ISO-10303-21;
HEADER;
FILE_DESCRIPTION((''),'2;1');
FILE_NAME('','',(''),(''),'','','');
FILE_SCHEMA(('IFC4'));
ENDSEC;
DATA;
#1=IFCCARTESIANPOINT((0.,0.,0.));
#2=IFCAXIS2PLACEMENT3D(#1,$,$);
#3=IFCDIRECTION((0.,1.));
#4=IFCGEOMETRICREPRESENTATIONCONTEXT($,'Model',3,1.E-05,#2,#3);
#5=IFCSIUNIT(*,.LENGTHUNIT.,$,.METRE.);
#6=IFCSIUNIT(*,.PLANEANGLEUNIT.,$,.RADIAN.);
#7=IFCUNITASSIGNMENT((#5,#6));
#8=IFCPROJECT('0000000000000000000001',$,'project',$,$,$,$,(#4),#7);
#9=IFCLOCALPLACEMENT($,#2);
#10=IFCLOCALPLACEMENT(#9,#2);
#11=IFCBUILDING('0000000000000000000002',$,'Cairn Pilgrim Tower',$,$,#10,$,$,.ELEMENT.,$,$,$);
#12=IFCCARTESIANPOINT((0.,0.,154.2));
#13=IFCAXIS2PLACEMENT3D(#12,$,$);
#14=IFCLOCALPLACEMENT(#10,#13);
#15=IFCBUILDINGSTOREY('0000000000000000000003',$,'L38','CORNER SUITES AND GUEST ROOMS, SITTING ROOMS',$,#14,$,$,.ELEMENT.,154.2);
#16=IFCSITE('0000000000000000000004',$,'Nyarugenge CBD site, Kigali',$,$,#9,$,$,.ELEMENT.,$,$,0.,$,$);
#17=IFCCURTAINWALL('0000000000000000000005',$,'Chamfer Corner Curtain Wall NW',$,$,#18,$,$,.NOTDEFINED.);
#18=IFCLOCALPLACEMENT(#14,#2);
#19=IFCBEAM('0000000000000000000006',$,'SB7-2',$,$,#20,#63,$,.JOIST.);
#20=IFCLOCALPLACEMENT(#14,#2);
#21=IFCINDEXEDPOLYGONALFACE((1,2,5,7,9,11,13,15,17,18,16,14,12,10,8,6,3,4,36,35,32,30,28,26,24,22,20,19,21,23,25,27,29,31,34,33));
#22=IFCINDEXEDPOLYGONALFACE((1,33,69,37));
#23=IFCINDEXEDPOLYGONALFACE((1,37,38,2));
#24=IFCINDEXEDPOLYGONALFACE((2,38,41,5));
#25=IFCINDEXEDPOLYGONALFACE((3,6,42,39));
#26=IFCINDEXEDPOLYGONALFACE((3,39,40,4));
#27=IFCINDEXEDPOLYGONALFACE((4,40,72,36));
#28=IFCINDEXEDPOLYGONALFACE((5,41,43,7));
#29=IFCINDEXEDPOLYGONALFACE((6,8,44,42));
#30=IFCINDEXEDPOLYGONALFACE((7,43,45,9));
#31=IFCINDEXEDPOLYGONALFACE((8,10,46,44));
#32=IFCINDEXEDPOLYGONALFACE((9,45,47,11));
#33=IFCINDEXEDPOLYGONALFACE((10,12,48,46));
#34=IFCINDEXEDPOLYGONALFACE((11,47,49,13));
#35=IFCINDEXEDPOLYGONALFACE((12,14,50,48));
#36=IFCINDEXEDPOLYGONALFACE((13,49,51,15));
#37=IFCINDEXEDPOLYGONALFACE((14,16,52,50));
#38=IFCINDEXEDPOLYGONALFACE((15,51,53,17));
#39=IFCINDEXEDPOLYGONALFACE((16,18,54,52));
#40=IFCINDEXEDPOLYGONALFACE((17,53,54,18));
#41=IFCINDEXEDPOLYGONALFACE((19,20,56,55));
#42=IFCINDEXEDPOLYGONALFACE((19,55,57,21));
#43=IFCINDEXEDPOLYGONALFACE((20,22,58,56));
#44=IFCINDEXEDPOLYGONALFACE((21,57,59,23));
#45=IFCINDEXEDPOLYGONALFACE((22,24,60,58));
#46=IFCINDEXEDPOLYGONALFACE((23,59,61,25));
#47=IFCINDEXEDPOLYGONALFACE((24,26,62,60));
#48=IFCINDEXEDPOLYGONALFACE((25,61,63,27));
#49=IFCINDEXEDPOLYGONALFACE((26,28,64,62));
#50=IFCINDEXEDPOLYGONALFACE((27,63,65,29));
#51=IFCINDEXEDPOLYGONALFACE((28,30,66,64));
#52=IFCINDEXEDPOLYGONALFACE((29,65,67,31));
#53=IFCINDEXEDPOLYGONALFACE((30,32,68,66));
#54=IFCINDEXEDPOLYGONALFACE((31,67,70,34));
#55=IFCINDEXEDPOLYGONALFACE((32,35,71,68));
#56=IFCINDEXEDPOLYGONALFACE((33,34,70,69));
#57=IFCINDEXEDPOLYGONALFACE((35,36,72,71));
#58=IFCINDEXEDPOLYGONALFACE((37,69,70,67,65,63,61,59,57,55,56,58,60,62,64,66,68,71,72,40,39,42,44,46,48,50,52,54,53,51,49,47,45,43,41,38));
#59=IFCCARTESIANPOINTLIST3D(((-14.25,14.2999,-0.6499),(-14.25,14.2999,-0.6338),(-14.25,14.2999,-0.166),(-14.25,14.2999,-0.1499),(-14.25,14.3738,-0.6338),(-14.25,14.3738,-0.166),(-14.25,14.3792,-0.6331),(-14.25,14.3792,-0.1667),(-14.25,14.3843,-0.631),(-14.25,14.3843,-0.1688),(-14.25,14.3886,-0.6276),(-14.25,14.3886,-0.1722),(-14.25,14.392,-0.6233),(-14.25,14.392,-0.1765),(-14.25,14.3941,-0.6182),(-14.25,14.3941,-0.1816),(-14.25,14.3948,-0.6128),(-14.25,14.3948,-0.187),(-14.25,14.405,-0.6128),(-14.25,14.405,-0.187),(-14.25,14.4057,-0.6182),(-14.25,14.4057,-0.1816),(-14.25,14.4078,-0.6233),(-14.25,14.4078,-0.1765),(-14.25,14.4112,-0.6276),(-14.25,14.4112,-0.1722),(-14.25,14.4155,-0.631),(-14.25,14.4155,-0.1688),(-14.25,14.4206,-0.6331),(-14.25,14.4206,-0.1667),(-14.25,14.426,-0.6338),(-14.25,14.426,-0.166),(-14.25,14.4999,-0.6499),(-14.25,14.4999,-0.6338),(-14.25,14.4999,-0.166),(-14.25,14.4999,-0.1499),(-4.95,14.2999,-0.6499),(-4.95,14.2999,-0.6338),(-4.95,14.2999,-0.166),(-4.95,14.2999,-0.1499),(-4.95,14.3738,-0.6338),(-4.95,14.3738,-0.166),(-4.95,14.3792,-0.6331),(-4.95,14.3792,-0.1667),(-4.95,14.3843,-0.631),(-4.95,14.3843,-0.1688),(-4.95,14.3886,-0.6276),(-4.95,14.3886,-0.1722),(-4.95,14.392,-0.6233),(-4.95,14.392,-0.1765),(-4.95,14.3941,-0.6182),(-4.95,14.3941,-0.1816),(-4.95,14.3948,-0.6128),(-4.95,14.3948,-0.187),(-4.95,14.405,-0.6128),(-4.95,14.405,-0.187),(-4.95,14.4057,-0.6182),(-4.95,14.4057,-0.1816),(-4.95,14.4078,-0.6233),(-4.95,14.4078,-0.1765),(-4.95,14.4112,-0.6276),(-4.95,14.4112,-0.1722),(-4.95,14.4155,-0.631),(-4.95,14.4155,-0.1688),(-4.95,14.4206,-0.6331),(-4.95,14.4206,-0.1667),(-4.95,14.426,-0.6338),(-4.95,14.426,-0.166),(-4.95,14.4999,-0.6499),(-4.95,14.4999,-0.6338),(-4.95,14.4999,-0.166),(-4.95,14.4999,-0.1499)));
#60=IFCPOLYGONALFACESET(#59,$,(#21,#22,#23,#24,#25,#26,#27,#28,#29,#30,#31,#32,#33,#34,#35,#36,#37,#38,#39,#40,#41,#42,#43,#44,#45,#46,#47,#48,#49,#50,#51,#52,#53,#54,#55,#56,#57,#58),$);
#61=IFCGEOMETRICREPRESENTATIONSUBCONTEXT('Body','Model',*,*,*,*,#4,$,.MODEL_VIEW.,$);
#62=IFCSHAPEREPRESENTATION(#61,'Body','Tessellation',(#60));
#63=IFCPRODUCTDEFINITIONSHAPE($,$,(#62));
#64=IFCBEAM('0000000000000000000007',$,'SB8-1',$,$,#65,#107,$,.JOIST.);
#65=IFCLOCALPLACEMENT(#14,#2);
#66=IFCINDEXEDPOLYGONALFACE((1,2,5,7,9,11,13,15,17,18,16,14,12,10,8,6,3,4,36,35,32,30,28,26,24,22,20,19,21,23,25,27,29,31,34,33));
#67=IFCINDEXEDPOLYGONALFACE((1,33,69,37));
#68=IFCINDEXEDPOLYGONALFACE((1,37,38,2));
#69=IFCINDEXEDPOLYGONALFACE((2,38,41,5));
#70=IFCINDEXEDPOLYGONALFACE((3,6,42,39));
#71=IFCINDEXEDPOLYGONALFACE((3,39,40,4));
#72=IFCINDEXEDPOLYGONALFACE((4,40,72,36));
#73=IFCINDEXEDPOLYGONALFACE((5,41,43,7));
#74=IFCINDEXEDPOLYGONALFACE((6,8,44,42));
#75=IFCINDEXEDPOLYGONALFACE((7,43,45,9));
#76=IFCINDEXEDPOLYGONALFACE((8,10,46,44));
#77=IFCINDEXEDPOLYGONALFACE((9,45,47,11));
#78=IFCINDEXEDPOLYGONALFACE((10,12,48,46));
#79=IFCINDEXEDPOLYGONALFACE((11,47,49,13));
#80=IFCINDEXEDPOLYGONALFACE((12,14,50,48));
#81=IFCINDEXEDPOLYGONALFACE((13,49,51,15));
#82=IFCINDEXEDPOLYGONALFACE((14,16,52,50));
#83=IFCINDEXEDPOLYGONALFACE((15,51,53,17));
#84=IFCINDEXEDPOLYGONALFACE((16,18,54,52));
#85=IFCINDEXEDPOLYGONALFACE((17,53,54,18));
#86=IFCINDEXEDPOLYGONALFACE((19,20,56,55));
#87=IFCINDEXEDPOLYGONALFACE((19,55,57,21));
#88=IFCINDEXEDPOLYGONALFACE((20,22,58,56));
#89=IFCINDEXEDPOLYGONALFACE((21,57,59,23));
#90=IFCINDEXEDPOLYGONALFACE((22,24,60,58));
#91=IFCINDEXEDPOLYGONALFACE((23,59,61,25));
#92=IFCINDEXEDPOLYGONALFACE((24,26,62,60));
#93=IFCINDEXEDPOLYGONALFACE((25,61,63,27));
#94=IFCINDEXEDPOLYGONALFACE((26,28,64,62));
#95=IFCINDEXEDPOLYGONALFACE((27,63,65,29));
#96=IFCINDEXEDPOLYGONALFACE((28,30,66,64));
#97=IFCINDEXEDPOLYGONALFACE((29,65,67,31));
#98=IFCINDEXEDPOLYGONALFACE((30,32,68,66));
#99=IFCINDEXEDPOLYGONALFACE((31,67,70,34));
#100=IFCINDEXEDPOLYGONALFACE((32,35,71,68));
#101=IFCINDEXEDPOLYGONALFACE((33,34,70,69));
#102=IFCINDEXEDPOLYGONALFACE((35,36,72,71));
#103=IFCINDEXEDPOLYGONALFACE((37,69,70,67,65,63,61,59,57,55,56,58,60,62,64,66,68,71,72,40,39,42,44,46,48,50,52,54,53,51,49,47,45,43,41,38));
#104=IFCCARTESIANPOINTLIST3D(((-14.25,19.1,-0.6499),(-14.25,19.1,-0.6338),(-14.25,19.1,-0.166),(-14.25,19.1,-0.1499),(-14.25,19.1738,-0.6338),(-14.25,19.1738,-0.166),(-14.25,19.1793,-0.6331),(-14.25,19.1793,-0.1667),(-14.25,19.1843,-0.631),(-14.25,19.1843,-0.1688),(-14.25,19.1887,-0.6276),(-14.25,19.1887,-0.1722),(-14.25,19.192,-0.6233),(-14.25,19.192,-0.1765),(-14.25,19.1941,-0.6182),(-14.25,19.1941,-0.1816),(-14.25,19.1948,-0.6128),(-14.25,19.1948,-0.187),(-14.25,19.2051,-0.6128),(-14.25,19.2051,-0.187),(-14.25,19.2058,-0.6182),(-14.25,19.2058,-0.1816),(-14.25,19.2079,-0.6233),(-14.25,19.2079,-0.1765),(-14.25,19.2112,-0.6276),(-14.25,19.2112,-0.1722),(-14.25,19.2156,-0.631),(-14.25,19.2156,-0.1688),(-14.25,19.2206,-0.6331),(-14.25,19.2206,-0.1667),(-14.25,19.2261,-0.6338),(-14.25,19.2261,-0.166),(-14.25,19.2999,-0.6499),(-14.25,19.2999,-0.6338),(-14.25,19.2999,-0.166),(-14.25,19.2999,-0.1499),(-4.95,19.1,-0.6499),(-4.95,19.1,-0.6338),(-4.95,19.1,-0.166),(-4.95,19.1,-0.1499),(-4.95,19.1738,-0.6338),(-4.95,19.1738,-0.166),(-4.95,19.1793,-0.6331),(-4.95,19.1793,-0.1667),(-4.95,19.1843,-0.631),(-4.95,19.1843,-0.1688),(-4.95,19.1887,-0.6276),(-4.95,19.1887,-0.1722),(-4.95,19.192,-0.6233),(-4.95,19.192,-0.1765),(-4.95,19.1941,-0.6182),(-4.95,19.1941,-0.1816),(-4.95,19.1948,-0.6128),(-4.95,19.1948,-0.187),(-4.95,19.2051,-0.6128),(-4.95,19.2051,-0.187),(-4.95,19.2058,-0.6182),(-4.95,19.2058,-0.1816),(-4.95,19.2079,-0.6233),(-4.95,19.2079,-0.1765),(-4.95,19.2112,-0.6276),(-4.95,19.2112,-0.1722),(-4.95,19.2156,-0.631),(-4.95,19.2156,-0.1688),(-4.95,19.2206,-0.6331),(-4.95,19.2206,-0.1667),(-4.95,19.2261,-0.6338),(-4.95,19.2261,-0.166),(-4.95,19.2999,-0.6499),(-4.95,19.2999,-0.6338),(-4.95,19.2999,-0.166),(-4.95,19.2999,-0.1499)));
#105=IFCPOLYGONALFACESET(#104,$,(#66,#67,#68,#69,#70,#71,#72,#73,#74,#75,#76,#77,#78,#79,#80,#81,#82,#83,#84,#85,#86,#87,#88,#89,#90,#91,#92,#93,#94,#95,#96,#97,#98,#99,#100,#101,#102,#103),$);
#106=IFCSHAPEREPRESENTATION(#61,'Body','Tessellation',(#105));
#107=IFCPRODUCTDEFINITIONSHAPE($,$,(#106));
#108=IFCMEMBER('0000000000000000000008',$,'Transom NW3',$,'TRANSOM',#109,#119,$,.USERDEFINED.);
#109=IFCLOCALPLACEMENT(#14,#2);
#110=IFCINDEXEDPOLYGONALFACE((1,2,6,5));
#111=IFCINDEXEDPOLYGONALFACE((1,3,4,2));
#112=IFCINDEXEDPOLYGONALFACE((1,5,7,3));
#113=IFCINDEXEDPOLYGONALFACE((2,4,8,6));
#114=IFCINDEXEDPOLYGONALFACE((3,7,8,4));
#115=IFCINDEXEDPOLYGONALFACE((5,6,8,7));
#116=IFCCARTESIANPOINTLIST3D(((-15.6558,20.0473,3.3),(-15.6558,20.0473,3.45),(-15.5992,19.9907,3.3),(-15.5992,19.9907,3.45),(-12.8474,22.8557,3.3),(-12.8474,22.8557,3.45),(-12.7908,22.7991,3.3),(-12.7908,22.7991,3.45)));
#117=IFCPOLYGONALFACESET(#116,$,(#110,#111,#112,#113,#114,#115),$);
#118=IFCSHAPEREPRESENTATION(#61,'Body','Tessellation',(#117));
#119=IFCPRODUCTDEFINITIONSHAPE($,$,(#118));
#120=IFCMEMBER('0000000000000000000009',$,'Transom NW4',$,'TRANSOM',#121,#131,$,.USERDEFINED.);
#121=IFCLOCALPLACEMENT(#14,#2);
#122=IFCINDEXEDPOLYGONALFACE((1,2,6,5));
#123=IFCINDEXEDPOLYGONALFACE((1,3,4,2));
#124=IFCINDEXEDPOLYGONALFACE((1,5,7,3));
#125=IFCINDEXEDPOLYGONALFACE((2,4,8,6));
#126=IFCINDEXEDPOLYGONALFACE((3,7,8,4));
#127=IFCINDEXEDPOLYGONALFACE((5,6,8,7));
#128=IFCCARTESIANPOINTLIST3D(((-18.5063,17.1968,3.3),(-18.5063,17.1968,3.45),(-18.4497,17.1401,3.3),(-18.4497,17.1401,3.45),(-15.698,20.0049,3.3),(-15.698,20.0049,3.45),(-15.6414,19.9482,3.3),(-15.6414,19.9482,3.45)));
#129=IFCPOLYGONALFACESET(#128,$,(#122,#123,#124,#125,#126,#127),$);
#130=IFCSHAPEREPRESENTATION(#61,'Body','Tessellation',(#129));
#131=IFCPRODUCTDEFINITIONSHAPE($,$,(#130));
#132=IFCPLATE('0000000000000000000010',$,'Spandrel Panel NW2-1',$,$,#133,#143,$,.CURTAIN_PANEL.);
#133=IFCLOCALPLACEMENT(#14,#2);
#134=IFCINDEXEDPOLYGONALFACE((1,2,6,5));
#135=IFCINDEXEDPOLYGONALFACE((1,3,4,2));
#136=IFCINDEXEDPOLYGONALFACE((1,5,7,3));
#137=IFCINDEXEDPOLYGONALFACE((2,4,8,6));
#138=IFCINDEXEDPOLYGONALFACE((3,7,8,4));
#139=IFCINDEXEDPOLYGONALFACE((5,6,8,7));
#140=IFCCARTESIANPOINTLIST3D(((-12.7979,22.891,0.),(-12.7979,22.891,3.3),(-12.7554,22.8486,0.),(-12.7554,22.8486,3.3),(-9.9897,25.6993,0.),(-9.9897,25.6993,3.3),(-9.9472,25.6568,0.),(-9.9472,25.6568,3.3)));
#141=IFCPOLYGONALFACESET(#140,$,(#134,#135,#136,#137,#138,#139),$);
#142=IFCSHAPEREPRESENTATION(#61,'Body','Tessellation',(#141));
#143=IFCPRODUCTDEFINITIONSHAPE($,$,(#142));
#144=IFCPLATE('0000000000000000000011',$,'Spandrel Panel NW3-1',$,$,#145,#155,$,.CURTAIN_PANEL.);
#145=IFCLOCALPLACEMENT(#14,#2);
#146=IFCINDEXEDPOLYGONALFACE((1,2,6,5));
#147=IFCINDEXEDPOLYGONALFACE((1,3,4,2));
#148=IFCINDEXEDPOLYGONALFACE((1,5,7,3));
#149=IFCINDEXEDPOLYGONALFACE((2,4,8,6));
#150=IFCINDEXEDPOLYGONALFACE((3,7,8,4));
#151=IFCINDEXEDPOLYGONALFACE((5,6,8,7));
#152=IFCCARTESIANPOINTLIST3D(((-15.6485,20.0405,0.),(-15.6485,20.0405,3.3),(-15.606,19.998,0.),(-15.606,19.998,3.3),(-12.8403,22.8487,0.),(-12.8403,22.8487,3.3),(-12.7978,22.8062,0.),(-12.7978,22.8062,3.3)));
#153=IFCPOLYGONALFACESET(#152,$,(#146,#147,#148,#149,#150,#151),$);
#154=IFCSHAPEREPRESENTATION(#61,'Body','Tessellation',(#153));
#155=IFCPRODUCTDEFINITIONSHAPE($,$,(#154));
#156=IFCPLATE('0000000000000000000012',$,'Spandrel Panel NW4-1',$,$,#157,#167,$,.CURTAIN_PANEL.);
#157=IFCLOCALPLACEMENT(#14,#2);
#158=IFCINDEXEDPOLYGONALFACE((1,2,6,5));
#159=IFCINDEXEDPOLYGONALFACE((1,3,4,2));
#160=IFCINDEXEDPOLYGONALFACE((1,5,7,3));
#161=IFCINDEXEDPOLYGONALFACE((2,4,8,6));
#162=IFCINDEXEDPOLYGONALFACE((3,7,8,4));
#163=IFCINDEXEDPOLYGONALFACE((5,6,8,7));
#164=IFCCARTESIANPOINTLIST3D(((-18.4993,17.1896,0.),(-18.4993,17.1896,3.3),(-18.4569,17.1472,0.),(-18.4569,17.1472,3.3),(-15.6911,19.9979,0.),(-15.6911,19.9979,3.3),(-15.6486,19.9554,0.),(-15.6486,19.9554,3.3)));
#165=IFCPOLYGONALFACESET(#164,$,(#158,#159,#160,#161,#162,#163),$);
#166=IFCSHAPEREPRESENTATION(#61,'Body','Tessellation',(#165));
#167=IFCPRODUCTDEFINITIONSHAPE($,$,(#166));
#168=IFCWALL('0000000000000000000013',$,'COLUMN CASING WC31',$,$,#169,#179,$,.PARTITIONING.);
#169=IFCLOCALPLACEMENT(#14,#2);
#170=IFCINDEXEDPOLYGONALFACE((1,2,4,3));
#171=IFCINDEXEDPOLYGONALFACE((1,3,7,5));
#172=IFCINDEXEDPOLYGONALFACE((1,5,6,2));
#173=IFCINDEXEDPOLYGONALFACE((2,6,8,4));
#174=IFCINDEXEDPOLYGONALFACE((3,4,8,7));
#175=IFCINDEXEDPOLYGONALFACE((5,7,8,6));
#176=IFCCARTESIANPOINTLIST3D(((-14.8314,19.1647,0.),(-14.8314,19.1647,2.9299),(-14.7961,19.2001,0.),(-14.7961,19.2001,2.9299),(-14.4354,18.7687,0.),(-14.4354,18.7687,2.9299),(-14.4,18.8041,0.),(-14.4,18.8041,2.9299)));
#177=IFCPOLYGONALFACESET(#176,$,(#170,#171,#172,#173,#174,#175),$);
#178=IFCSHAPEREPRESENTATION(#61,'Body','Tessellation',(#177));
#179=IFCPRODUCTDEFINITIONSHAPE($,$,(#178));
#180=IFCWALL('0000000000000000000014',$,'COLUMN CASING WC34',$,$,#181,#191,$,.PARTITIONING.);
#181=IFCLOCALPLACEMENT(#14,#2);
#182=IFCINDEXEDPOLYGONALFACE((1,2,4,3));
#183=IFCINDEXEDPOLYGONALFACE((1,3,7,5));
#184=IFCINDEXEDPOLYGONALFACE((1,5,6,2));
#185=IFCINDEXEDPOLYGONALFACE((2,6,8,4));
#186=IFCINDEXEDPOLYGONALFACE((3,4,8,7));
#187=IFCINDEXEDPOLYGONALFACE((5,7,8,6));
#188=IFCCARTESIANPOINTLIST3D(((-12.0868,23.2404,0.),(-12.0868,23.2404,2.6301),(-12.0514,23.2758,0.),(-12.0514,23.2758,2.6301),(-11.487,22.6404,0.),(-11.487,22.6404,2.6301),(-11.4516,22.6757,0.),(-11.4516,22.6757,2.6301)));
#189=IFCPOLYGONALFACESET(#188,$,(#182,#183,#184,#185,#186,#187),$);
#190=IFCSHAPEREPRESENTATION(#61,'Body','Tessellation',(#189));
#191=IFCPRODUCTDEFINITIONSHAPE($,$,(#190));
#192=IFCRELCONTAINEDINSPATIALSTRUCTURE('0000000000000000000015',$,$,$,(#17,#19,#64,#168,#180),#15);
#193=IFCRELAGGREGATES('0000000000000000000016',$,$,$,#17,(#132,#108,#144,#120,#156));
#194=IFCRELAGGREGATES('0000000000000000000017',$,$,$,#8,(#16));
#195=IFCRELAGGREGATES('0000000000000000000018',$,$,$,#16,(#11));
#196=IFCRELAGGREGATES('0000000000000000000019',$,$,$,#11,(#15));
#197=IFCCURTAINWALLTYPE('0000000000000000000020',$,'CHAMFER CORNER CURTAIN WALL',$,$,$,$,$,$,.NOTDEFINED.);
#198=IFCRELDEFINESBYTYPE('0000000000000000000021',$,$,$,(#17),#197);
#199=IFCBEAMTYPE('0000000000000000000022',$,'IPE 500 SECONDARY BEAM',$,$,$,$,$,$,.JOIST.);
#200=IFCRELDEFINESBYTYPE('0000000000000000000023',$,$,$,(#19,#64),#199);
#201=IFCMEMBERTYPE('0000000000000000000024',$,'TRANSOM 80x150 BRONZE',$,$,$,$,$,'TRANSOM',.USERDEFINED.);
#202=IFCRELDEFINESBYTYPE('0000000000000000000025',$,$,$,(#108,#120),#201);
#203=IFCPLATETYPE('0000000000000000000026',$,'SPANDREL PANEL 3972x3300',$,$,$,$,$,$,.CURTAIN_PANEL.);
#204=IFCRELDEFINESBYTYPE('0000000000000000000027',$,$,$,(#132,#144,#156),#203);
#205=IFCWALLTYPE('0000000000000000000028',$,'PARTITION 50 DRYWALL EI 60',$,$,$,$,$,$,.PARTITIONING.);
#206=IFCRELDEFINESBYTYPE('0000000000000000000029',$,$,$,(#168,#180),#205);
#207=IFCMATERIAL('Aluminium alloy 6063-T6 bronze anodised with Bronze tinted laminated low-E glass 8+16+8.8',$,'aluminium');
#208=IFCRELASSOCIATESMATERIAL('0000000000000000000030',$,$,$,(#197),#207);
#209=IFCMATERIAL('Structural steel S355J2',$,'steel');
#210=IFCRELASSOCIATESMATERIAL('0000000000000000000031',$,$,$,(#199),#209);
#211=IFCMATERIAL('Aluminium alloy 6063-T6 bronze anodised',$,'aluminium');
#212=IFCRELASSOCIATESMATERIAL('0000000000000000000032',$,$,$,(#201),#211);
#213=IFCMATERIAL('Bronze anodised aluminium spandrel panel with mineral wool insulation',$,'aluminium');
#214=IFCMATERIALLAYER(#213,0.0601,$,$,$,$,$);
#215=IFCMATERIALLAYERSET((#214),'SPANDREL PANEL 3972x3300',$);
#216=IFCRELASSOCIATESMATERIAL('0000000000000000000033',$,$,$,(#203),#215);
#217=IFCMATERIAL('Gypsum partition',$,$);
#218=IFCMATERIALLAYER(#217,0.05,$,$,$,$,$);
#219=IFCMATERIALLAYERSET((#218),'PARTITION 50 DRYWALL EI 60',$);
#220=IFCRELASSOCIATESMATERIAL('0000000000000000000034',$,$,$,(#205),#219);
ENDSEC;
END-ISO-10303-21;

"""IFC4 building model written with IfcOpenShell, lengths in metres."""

from ifc_helpers import new_model, si_unit, direction, frame, frame_2d, origin, origin_2d, place, context, subcontext, project, spatial, rectangle, i_section, extrude, material, layer, layer_set, material_profile, profile_set, type_object, element, aggregate, save


model = new_model("IFC4")

# Units and contexts
model_context = context("Model", 3, precision=1e-05, world=origin(), true_north=direction((0.0, 1.0)))
body_context = subcontext(model_context, "Body", "Model", "MODEL_VIEW")
ifc_project = project(units=[si_unit("LENGTHUNIT", "METRE"), si_unit("PLANEANGLEUNIT", "RADIAN")], contexts=[model_context])

# Site, building, storey
site_placement = place(None, origin())
site = spatial("IfcSite", under=ifc_project, at=site_placement, Name="Nyarugenge CBD site, Kigali", CompositionType="ELEMENT", RefElevation=0.0)
building_placement = place(site_placement, origin())
building = spatial("IfcBuilding", under=site, at=building_placement, Name="Cairn Pilgrim Tower", CompositionType="ELEMENT")
storey_placement = place(building_placement, frame((0.0, 0.0, 154.2)))
storey = spatial("IfcBuildingStorey", under=building, at=storey_placement, Name="L38", Description="CORNER SUITES AND GUEST ROOMS, SITTING ROOMS", CompositionType="ELEMENT", Elevation=154.2)

# Shared definitions
ifc_material_1 = material(Name="Structural steel S355J2", Category="steel")

# Curtain wall
ifc_material_2 = material(Name="Aluminium alloy 6063-T6 bronze anodised with Bronze tinted laminated low-E glass 8+16+8.8", Category="aluminium")
curtain_wall_type_1 = type_object("IfcCurtainWallType", Name="CHAMFER CORNER CURTAIN WALL", PredefinedType="NOTDEFINED", material=ifc_material_2)
curtain_wall_1_placement = place(storey_placement, origin())
curtain_wall_1 = element("IfcCurtainWall", 1, at=curtain_wall_1_placement, inside=storey, type_object=curtain_wall_type_1, Name="Chamfer Corner Curtain Wall NW", PredefinedType="NOTDEFINED")
ifc_material_3 = material(Name="Aluminium alloy 6063-T6 bronze anodised", Category="aluminium")

# Beams
ifc_material_profile_1 = material_profile(ifc_material_1, i_section(OverallWidth=0.2, OverallDepth=0.5, WebThickness=0.0103, FlangeThickness=0.0161, FilletRadius=0.021, at=origin_2d()), Name="IPE 500")
ifc_profile_set_1 = profile_set([ifc_material_profile_1], Name="Structural steel S355J2")
beam_type_1 = type_object("IfcBeamType", Name="IPE 500 SECONDARY BEAM", PredefinedType="JOIST", material=ifc_profile_set_1)
for number, where, z_axis, x_axis, name in (
    (2, (-14.25, 14.3999, -0.3999), (1.0, 0.0, 0.0), (0.0, 1.0, 0.0), "SB7-2"),
    (3, (-14.25, 19.2, -0.3999), (1.0, 0.0, 0.0), (0.0, 1.0, 0.0), "SB8-1"),
):
    element("IfcBeam", number, at=place(storey_placement, frame(where, z_axis=z_axis, x_axis=x_axis)), inside=storey, type_object=beam_type_1, Name=name, PredefinedType="JOIST", context=body_context, shape_type="SweptSolid", body=[
        extrude(i_section(OverallWidth=0.2, OverallDepth=0.5, WebThickness=0.0103, FlangeThickness=0.0161, FilletRadius=0.021, at=origin_2d()), origin(), (0.0, 0.0, 1.0), 9.3),
    ])

# Members
ifc_material_profile_2 = material_profile(ifc_material_3, rectangle(XDim=0.0801, YDim=0.1499, at=origin_2d()), Name="TRANSOM 80x150 BRONZE")
ifc_profile_set_2 = profile_set([ifc_material_profile_2], Name="Aluminium alloy 6063-T6 bronze anodised")
member_type_1 = type_object("IfcMemberType", Name="TRANSOM 80x150 BRONZE", ElementType="TRANSOM", PredefinedType="USERDEFINED", material=ifc_profile_set_2)
member_1_placement = place(storey_placement, frame((-12.8191, 22.8274, 3.375), z_axis=(-0.707107, -0.707107, 0.0), x_axis=(0.707107, -0.707107, 0.0)))
member_1 = element("IfcMember", 4, at=member_1_placement, type_object=member_type_1, Name="Transom NW3", ObjectType="TRANSOM", PredefinedType="USERDEFINED", context=body_context, shape_type="SweptSolid", body=[
    extrude(rectangle(XDim=0.0801, YDim=0.1499, at=origin_2d()), origin(), (0.0, 0.0, 1.0), 3.9717),
])
member_2_placement = place(storey_placement, frame((-15.6697, 19.9766, 3.375), z_axis=(-0.707138, -0.707076, 0.0), x_axis=(0.707076, -0.707138, 0.0)))
member_2 = element("IfcMember", 5, at=member_2_placement, type_object=member_type_1, Name="Transom NW4", ObjectType="TRANSOM", PredefinedType="USERDEFINED", context=body_context, shape_type="SweptSolid", body=[
    extrude(rectangle(XDim=0.0801, YDim=0.1499, at=origin_2d()), origin(), (0.0, 0.0, 1.0), 3.9714),
])

# Plates
ifc_material_4 = material(Name="Bronze anodised aluminium spandrel panel with mineral wool insulation", Category="aluminium")
ifc_layer_1 = layer(ifc_material_4, 0.0601)
ifc_layer_set_1 = layer_set([ifc_layer_1], Name="SPANDREL PANEL 3972x3300")
plate_type = type_object("IfcPlateType", Name="SPANDREL PANEL 3972x3300", PredefinedType="CURTAIN_PANEL", material=ifc_layer_set_1)
plate_1_placement = place(storey_placement, frame((-11.3726, 24.2739, 0.0), z_axis=(0.0, 0.0, 1.0), x_axis=(-0.707107, -0.707107, 0.0)))
plate_1 = element("IfcPlate", 6, at=plate_1_placement, type_object=plate_type, Name="Spandrel Panel NW2-1", PredefinedType="CURTAIN_PANEL", context=body_context, shape_type="SweptSolid", body=[
    extrude(rectangle(XDim=3.9714, YDim=0.0601, at=origin_2d()), origin(), (0.0, 0.0, 1.0), 3.3),
])
plate_2_placement = place(storey_placement, frame((-14.2231, 21.4233, 0.0), z_axis=(0.0, 0.0, 1.0), x_axis=(-0.707107, -0.707107, 0.0)))
plate_2 = element("IfcPlate", 7, at=plate_2_placement, type_object=plate_type, Name="Spandrel Panel NW3-1", PredefinedType="CURTAIN_PANEL", context=body_context, shape_type="SweptSolid", body=[
    extrude(rectangle(XDim=3.9714, YDim=0.0601, at=origin_2d()), origin(), (0.0, 0.0, 1.0), 3.3),
])
plate_3_placement = place(storey_placement, frame((-17.074, 18.5725, 0.0), z_axis=(0.0, 0.0, 1.0), x_axis=(-0.707107, -0.707107, 0.0)))
plate_3 = element("IfcPlate", 8, at=plate_3_placement, type_object=plate_type, Name="Spandrel Panel NW4-1", PredefinedType="CURTAIN_PANEL", context=body_context, shape_type="SweptSolid", body=[
    extrude(rectangle(XDim=3.9714, YDim=0.0601, at=origin_2d()), origin(), (0.0, 0.0, 1.0), 3.3),
])
aggregate(curtain_wall_1, [plate_1, member_1, plate_2, member_2, plate_3])

# Walls
ifc_material_5 = material(Name="Gypsum partition")
ifc_layer_2 = layer(ifc_material_5, 0.05)
ifc_layer_set_2 = layer_set([ifc_layer_2], Name="PARTITION 50 DRYWALL EI 60")
wall_type_1 = type_object("IfcWallType", Name="PARTITION 50 DRYWALL EI 60", PredefinedType="PARTITIONING", material=ifc_layer_set_2)
wall_1_placement = place(storey_placement, frame((-14.4177, 18.7864, 0.0), z_axis=(0.0, 0.0, 1.0), x_axis=(-0.707107, 0.707107, 0.0)))
element("IfcWall", 9, at=wall_1_placement, inside=storey, type_object=wall_type_1, Name="COLUMN CASING WC31", PredefinedType="PARTITIONING", context=body_context, shape_type="SweptSolid", body=[
    extrude(rectangle(XDim=0.5601, YDim=0.05, at=frame_2d((0.28, 0.0))), origin(), (0.0, 0.0, 1.0), 2.9299),
])
wall_2_placement = place(storey_placement, frame((-11.4692, 22.658, 0.0), z_axis=(0.0, 0.0, 1.0), x_axis=(-0.706963, 0.707251, 0.0)))
element("IfcWall", 10, at=wall_2_placement, inside=storey, type_object=wall_type_1, Name="COLUMN CASING WC34", PredefinedType="PARTITIONING", context=body_context, shape_type="SweptSolid", body=[
    extrude(rectangle(XDim=0.8484, YDim=0.05, at=frame_2d((0.4243, 0.0))), origin(), (0.0, 0.0, 1.0), 2.6301),
])

save(model, "model.ifc")
